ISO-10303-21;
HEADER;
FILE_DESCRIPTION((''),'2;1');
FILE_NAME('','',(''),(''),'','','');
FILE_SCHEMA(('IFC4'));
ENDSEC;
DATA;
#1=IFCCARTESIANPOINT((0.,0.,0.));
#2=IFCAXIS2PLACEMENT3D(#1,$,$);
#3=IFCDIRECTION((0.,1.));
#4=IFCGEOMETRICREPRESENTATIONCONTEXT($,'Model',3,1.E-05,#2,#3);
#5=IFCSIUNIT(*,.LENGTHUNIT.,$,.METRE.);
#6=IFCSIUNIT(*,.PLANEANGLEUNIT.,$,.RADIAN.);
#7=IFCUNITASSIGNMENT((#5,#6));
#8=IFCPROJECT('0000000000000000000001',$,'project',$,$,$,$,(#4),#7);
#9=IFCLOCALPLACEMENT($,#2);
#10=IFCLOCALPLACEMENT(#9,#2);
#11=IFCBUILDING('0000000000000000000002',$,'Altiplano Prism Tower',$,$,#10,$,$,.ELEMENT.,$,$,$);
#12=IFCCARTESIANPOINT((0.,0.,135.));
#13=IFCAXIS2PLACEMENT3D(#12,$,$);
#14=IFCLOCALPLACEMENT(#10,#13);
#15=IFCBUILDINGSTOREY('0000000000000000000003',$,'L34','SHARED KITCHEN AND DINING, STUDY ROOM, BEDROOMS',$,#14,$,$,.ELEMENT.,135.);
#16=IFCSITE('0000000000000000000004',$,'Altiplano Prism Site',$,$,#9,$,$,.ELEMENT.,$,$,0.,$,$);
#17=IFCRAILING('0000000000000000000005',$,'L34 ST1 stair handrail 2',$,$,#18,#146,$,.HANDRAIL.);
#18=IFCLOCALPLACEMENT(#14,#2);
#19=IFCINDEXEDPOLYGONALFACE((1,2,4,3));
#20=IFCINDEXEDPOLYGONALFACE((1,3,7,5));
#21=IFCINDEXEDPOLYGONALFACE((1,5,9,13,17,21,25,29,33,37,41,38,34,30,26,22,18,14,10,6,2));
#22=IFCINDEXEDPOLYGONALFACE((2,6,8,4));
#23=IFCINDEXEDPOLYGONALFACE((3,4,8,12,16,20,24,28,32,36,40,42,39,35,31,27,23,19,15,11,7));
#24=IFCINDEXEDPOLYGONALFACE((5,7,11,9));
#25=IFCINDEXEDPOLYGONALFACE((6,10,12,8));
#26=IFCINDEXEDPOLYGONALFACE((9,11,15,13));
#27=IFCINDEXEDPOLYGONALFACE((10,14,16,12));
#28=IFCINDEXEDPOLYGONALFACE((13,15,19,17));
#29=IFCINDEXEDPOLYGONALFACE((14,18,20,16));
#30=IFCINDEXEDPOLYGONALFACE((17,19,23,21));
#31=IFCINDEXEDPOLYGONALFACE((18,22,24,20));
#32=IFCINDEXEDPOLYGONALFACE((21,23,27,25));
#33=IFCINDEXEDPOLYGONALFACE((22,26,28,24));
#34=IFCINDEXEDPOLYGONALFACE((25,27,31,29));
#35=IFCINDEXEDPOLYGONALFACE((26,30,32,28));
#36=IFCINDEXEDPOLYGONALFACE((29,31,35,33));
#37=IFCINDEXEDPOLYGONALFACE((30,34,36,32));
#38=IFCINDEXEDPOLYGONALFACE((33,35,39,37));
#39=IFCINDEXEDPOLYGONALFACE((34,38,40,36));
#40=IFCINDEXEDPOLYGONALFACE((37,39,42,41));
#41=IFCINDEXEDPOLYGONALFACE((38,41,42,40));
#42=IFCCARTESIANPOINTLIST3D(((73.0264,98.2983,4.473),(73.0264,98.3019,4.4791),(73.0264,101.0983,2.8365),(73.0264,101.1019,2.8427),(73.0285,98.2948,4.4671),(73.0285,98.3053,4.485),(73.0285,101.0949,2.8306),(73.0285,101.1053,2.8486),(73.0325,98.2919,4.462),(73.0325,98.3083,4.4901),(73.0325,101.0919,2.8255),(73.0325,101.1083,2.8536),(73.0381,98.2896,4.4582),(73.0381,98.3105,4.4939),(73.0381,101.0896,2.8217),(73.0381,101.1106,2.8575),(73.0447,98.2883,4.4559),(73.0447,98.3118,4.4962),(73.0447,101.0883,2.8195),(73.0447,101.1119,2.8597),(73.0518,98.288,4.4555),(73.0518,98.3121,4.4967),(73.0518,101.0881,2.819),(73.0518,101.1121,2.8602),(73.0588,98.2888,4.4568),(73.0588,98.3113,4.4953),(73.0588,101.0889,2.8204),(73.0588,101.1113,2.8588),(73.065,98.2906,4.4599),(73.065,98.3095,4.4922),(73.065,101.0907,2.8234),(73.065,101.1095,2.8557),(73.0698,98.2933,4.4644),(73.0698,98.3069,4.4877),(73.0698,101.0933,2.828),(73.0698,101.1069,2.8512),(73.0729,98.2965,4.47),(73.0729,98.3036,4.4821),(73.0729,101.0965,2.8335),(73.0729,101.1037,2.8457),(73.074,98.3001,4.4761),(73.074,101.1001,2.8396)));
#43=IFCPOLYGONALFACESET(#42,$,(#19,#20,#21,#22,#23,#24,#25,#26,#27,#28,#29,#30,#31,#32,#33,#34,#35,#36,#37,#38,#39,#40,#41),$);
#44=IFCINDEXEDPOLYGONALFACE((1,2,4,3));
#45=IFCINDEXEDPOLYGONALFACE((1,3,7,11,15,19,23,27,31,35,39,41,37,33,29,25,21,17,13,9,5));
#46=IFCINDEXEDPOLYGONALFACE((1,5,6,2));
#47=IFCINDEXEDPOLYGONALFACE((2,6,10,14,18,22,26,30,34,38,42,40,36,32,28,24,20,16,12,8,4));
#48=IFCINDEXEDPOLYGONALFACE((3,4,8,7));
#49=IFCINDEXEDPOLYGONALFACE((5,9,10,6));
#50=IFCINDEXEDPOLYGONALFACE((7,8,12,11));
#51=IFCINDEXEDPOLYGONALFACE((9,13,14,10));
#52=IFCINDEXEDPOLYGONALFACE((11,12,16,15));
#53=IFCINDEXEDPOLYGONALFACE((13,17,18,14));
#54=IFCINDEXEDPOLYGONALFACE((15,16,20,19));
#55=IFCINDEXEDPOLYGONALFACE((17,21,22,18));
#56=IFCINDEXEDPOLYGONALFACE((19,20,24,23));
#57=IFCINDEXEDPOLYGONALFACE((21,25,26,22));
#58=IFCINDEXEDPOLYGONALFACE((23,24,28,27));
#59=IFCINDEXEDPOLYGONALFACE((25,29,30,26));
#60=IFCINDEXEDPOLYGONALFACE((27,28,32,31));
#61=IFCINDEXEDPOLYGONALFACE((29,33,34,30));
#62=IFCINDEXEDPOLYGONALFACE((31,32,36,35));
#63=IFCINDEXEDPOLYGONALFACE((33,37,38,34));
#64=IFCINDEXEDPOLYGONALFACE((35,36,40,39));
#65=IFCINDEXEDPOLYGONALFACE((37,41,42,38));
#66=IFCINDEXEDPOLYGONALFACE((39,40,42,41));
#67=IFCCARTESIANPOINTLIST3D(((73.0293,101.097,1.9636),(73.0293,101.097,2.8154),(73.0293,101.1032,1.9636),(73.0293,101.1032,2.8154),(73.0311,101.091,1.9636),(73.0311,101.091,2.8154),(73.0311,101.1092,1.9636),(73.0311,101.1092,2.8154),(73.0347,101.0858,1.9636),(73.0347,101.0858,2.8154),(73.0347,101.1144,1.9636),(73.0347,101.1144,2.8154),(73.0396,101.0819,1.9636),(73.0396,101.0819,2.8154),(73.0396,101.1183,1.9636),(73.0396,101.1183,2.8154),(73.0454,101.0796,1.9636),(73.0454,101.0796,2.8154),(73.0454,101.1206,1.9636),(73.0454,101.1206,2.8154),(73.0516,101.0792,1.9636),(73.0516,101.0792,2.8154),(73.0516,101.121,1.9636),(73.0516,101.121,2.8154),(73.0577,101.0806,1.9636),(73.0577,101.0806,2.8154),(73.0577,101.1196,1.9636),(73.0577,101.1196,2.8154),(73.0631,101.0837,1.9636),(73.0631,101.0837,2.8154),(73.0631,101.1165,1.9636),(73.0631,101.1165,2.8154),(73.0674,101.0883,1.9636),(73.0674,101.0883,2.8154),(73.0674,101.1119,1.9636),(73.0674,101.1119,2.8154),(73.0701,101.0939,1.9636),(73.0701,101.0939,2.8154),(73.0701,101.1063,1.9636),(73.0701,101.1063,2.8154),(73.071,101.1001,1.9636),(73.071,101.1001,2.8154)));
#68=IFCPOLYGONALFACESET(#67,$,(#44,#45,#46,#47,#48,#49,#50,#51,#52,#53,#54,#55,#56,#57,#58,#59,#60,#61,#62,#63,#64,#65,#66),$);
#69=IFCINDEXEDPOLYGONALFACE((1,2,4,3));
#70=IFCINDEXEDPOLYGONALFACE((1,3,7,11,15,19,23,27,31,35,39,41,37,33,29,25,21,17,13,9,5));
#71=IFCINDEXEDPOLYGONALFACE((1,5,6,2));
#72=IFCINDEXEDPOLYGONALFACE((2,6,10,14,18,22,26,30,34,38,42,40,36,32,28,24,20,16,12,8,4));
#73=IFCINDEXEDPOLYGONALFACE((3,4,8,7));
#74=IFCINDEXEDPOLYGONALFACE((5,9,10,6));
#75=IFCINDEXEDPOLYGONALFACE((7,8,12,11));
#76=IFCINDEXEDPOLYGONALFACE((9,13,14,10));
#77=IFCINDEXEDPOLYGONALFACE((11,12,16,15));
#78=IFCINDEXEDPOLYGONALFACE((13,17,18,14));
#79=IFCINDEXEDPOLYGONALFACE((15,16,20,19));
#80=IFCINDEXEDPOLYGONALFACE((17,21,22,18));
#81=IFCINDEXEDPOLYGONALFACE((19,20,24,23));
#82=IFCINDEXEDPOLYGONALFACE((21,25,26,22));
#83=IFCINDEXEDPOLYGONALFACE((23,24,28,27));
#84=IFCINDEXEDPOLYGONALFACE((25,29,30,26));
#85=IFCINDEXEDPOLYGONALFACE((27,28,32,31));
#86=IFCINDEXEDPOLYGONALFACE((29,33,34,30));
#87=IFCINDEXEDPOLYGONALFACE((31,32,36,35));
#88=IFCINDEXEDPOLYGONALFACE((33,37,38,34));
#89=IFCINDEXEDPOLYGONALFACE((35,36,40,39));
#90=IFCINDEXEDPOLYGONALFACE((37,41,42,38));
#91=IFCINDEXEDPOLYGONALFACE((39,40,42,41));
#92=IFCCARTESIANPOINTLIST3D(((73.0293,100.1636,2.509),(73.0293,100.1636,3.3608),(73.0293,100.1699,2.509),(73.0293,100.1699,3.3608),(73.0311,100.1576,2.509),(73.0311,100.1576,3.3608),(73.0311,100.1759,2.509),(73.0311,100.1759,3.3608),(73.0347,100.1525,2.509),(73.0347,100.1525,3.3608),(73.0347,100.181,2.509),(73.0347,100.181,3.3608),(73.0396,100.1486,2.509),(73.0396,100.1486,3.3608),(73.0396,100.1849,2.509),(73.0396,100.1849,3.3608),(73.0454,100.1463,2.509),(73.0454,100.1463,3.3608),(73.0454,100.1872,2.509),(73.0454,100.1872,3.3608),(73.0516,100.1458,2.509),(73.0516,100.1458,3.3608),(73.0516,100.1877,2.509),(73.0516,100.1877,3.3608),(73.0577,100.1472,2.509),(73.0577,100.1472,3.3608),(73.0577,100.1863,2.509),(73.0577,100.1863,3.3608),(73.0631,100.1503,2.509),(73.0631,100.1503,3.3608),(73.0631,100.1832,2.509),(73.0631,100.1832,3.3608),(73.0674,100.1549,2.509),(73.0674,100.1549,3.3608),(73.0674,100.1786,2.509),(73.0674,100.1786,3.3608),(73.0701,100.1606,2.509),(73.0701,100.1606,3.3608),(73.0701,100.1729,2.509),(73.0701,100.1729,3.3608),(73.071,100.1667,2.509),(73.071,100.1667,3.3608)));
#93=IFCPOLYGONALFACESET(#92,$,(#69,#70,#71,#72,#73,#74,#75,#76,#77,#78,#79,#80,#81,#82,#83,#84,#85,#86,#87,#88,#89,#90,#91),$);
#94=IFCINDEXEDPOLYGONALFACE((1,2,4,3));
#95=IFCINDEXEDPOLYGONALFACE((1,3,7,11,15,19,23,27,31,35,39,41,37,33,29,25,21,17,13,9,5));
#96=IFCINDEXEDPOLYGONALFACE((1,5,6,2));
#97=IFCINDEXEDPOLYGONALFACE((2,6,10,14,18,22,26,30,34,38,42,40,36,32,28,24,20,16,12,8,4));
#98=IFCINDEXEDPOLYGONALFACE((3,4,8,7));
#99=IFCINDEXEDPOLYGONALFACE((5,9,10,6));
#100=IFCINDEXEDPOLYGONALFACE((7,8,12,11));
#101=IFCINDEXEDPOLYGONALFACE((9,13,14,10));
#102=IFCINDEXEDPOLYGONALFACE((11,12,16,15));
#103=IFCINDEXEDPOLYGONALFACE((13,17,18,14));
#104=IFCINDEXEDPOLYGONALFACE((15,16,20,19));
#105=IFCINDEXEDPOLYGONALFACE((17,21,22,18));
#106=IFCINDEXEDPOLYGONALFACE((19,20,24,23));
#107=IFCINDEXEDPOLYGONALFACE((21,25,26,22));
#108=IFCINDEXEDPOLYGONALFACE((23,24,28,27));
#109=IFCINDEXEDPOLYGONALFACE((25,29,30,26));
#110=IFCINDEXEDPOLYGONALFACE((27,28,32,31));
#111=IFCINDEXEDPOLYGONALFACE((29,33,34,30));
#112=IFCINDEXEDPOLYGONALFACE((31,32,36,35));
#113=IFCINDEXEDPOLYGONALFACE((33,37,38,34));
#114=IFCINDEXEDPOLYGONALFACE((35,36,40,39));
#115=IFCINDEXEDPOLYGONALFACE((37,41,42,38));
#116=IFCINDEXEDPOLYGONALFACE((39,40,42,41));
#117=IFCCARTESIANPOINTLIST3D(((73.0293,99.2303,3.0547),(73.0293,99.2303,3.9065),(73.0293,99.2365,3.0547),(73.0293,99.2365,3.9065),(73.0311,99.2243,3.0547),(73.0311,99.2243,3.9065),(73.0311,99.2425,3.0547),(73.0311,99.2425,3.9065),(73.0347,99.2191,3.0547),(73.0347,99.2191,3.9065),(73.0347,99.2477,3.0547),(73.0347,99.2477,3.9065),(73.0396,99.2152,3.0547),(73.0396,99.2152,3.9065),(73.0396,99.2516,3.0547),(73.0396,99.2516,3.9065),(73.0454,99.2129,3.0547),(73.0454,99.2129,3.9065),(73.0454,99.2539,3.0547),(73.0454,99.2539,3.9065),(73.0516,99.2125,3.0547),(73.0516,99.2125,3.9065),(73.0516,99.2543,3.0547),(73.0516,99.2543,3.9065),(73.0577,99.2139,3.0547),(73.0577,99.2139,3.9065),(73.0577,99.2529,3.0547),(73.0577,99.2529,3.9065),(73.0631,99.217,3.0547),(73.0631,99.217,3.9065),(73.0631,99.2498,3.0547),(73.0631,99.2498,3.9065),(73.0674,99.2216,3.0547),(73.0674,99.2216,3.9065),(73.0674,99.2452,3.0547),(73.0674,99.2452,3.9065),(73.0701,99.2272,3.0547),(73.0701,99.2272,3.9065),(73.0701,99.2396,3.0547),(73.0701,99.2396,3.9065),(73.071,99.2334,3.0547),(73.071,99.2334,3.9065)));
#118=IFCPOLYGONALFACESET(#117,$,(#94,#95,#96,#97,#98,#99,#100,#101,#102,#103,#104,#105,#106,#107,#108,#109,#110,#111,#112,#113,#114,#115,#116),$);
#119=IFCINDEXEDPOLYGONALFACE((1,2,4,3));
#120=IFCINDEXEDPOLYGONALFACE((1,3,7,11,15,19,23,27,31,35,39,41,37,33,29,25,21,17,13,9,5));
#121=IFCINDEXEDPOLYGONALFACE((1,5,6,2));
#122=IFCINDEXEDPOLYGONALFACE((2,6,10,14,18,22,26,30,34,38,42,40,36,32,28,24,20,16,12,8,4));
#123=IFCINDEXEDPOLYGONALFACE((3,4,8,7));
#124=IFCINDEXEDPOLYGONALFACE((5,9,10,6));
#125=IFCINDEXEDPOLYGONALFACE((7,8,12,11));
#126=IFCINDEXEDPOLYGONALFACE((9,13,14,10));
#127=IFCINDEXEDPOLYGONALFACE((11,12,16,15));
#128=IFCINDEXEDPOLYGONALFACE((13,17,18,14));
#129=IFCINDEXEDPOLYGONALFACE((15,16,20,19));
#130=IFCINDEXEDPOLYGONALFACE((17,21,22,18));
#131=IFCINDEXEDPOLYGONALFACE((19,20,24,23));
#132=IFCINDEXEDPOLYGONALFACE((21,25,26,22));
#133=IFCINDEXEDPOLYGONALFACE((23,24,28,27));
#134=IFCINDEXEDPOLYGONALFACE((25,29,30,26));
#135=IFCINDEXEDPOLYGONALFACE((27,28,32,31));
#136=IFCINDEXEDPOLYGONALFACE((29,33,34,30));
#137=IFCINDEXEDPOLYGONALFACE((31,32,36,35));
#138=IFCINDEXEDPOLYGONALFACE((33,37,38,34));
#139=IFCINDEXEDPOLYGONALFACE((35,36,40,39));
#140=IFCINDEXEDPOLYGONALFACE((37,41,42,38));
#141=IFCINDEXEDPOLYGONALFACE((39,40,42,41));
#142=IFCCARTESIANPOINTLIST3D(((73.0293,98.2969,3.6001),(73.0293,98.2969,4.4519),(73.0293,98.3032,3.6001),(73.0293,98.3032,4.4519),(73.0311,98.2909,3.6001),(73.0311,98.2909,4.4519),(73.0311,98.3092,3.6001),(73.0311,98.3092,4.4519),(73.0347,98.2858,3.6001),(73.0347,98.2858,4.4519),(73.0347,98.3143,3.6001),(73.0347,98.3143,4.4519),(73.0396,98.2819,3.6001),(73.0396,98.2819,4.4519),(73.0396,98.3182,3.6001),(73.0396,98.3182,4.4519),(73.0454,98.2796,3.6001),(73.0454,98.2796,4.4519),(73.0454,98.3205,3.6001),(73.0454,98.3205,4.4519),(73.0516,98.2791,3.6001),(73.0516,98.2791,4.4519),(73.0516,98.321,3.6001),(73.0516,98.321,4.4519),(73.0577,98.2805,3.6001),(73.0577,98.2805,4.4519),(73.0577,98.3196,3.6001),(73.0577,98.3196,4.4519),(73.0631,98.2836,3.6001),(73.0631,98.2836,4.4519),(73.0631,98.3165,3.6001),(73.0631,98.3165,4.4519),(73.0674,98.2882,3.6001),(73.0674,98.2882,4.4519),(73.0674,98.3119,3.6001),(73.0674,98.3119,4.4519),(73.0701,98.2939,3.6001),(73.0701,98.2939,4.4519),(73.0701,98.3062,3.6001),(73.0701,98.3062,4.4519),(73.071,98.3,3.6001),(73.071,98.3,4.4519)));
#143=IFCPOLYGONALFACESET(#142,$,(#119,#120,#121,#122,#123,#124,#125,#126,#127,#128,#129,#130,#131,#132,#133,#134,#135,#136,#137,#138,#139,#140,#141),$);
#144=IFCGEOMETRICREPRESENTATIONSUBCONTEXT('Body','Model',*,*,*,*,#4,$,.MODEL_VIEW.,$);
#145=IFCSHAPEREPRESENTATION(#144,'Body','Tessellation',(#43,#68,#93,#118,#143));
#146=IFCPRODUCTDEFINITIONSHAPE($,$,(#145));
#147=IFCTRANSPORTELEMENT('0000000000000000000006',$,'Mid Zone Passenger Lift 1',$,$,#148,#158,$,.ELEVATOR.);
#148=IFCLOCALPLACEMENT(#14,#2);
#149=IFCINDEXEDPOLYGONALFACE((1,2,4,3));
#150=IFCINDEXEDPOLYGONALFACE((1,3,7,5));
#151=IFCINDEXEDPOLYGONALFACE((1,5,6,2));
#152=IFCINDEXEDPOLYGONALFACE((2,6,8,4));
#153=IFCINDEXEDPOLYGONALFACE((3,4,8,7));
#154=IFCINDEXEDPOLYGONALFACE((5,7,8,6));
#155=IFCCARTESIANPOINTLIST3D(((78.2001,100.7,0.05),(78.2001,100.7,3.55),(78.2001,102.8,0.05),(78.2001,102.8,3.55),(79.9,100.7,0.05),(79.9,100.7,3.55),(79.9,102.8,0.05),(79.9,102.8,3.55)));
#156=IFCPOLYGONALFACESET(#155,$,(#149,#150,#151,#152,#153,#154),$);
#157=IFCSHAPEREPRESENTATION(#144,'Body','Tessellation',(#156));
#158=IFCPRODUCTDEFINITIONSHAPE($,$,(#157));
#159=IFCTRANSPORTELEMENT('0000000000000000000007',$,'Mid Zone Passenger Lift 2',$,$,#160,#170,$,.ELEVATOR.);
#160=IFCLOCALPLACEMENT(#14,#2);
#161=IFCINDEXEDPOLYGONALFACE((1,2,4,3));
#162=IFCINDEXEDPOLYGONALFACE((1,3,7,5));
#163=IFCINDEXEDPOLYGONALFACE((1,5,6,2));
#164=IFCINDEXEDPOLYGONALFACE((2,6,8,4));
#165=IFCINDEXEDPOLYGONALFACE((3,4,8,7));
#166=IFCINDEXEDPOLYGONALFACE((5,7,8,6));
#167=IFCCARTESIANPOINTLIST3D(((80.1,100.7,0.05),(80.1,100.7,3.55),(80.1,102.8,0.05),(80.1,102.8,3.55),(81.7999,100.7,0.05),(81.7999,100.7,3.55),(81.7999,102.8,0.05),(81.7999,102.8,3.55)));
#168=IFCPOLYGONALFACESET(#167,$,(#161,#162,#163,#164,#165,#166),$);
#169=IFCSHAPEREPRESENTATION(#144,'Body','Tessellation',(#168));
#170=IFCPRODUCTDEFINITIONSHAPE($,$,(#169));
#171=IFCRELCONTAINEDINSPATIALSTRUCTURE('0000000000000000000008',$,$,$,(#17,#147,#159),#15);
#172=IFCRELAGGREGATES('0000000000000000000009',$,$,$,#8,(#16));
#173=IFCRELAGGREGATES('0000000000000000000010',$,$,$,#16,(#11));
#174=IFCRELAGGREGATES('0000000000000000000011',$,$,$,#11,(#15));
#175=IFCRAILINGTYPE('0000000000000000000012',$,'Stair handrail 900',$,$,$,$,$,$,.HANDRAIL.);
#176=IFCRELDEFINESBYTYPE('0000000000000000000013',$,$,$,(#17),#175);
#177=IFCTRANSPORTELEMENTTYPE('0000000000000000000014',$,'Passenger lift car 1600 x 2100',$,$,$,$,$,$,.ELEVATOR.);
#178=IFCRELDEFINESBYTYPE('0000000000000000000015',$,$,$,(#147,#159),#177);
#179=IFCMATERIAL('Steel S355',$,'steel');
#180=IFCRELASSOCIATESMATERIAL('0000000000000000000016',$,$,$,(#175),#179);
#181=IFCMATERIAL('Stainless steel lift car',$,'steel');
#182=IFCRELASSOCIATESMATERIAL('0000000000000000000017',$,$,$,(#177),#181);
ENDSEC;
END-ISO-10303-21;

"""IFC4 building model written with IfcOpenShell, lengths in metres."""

from ifc_helpers import new_model, si_unit, direction, frame, origin, origin_2d, place, context, subcontext, project, spatial, rectangle, circle, extrude, material, type_object, element, save


model = new_model("IFC4")

# Units and contexts
model_context = context("Model", 3, precision=1e-05, world=origin(), true_north=direction((0.0, 1.0)))
body_context = subcontext(model_context, "Body", "Model", "MODEL_VIEW")
ifc_project = project(units=[si_unit("LENGTHUNIT", "METRE"), si_unit("PLANEANGLEUNIT", "RADIAN")], contexts=[model_context])

# Site, building, storey
site_placement = place(None, origin())
site = spatial("IfcSite", under=ifc_project, at=site_placement, Name="Altiplano Prism Site", CompositionType="ELEMENT", RefElevation=0.0)
building_placement = place(site_placement, origin())
building = spatial("IfcBuilding", under=site, at=building_placement, Name="Altiplano Prism Tower", CompositionType="ELEMENT")
storey_placement = place(building_placement, frame((0.0, 0.0, 135.0)))
storey = spatial("IfcBuildingStorey", under=building, at=storey_placement, Name="L34", Description="SHARED KITCHEN AND DINING, STUDY ROOM, BEDROOMS", CompositionType="ELEMENT", Elevation=135.0)

# Railing
ifc_material_1 = material(Name="Steel S355", Category="steel")
railing_type_1 = type_object("IfcRailingType", Name="Stair handrail 900", PredefinedType="HANDRAIL", material=ifc_material_1)
railing_1_placement = place(storey_placement, frame((73.05, 101.1001, 1.9636)))
element("IfcRailing", 1, at=railing_1_placement, inside=storey, type_object=railing_type_1, Name="L34 ST1 stair handrail 2", PredefinedType="HANDRAIL", context=body_context, shape_type="SweptSolid", body=[
    extrude(circle(Radius=0.0239, at=origin_2d()), frame((0.0, 0.0, 0.876), z_axis=(0.0, -0.863361, 0.504587), x_axis=(1.0, 0.0, 0.0)), (0.0, 0.0, 1.0), 3.2432),
    extrude(circle(Radius=0.021, at=origin_2d()), origin(), (0.0, 0.0, 1.0), 0.8518),
    extrude(circle(Radius=0.021, at=origin_2d()), frame((0.0, -0.9333, 0.5454)), (0.0, 0.0, 1.0), 0.8518),
    extrude(circle(Radius=0.021, at=origin_2d()), frame((0.0, -1.8667, 1.0911)), (0.0, 0.0, 1.0), 0.8518),
    extrude(circle(Radius=0.021, at=origin_2d()), frame((0.0, -2.8, 1.6365)), (0.0, 0.0, 1.0), 0.8518),
])

# Transport elements
ifc_material_2 = material(Name="Stainless steel lift car", Category="steel")
transport_element_type = type_object("IfcTransportElementType", Name="Passenger lift car 1600 x 2100", PredefinedType="ELEVATOR", material=ifc_material_2)
for number, where, z_axis, x_axis, name in (
    (2, (79.05, 101.75, 0.05), (0.0, 0.0, 1.0), (1.0, 0.0, 0.0), "Mid Zone Passenger Lift 1"),
    (3, (80.95, 101.75, 0.05), (0.0, 0.0, 1.0), (1.0, 0.0, 0.0), "Mid Zone Passenger Lift 2"),
):
    element("IfcTransportElement", number, at=place(storey_placement, frame(where, z_axis=z_axis, x_axis=x_axis)), inside=storey, type_object=transport_element_type, Name=name, PredefinedType="ELEVATOR", context=body_context, shape_type="SweptSolid", body=[
        extrude(rectangle(XDim=1.7, YDim=2.1001, at=origin_2d()), origin(), (0.0, 0.0, 1.0), 3.5),
    ])

save(model, "model.ifc")
